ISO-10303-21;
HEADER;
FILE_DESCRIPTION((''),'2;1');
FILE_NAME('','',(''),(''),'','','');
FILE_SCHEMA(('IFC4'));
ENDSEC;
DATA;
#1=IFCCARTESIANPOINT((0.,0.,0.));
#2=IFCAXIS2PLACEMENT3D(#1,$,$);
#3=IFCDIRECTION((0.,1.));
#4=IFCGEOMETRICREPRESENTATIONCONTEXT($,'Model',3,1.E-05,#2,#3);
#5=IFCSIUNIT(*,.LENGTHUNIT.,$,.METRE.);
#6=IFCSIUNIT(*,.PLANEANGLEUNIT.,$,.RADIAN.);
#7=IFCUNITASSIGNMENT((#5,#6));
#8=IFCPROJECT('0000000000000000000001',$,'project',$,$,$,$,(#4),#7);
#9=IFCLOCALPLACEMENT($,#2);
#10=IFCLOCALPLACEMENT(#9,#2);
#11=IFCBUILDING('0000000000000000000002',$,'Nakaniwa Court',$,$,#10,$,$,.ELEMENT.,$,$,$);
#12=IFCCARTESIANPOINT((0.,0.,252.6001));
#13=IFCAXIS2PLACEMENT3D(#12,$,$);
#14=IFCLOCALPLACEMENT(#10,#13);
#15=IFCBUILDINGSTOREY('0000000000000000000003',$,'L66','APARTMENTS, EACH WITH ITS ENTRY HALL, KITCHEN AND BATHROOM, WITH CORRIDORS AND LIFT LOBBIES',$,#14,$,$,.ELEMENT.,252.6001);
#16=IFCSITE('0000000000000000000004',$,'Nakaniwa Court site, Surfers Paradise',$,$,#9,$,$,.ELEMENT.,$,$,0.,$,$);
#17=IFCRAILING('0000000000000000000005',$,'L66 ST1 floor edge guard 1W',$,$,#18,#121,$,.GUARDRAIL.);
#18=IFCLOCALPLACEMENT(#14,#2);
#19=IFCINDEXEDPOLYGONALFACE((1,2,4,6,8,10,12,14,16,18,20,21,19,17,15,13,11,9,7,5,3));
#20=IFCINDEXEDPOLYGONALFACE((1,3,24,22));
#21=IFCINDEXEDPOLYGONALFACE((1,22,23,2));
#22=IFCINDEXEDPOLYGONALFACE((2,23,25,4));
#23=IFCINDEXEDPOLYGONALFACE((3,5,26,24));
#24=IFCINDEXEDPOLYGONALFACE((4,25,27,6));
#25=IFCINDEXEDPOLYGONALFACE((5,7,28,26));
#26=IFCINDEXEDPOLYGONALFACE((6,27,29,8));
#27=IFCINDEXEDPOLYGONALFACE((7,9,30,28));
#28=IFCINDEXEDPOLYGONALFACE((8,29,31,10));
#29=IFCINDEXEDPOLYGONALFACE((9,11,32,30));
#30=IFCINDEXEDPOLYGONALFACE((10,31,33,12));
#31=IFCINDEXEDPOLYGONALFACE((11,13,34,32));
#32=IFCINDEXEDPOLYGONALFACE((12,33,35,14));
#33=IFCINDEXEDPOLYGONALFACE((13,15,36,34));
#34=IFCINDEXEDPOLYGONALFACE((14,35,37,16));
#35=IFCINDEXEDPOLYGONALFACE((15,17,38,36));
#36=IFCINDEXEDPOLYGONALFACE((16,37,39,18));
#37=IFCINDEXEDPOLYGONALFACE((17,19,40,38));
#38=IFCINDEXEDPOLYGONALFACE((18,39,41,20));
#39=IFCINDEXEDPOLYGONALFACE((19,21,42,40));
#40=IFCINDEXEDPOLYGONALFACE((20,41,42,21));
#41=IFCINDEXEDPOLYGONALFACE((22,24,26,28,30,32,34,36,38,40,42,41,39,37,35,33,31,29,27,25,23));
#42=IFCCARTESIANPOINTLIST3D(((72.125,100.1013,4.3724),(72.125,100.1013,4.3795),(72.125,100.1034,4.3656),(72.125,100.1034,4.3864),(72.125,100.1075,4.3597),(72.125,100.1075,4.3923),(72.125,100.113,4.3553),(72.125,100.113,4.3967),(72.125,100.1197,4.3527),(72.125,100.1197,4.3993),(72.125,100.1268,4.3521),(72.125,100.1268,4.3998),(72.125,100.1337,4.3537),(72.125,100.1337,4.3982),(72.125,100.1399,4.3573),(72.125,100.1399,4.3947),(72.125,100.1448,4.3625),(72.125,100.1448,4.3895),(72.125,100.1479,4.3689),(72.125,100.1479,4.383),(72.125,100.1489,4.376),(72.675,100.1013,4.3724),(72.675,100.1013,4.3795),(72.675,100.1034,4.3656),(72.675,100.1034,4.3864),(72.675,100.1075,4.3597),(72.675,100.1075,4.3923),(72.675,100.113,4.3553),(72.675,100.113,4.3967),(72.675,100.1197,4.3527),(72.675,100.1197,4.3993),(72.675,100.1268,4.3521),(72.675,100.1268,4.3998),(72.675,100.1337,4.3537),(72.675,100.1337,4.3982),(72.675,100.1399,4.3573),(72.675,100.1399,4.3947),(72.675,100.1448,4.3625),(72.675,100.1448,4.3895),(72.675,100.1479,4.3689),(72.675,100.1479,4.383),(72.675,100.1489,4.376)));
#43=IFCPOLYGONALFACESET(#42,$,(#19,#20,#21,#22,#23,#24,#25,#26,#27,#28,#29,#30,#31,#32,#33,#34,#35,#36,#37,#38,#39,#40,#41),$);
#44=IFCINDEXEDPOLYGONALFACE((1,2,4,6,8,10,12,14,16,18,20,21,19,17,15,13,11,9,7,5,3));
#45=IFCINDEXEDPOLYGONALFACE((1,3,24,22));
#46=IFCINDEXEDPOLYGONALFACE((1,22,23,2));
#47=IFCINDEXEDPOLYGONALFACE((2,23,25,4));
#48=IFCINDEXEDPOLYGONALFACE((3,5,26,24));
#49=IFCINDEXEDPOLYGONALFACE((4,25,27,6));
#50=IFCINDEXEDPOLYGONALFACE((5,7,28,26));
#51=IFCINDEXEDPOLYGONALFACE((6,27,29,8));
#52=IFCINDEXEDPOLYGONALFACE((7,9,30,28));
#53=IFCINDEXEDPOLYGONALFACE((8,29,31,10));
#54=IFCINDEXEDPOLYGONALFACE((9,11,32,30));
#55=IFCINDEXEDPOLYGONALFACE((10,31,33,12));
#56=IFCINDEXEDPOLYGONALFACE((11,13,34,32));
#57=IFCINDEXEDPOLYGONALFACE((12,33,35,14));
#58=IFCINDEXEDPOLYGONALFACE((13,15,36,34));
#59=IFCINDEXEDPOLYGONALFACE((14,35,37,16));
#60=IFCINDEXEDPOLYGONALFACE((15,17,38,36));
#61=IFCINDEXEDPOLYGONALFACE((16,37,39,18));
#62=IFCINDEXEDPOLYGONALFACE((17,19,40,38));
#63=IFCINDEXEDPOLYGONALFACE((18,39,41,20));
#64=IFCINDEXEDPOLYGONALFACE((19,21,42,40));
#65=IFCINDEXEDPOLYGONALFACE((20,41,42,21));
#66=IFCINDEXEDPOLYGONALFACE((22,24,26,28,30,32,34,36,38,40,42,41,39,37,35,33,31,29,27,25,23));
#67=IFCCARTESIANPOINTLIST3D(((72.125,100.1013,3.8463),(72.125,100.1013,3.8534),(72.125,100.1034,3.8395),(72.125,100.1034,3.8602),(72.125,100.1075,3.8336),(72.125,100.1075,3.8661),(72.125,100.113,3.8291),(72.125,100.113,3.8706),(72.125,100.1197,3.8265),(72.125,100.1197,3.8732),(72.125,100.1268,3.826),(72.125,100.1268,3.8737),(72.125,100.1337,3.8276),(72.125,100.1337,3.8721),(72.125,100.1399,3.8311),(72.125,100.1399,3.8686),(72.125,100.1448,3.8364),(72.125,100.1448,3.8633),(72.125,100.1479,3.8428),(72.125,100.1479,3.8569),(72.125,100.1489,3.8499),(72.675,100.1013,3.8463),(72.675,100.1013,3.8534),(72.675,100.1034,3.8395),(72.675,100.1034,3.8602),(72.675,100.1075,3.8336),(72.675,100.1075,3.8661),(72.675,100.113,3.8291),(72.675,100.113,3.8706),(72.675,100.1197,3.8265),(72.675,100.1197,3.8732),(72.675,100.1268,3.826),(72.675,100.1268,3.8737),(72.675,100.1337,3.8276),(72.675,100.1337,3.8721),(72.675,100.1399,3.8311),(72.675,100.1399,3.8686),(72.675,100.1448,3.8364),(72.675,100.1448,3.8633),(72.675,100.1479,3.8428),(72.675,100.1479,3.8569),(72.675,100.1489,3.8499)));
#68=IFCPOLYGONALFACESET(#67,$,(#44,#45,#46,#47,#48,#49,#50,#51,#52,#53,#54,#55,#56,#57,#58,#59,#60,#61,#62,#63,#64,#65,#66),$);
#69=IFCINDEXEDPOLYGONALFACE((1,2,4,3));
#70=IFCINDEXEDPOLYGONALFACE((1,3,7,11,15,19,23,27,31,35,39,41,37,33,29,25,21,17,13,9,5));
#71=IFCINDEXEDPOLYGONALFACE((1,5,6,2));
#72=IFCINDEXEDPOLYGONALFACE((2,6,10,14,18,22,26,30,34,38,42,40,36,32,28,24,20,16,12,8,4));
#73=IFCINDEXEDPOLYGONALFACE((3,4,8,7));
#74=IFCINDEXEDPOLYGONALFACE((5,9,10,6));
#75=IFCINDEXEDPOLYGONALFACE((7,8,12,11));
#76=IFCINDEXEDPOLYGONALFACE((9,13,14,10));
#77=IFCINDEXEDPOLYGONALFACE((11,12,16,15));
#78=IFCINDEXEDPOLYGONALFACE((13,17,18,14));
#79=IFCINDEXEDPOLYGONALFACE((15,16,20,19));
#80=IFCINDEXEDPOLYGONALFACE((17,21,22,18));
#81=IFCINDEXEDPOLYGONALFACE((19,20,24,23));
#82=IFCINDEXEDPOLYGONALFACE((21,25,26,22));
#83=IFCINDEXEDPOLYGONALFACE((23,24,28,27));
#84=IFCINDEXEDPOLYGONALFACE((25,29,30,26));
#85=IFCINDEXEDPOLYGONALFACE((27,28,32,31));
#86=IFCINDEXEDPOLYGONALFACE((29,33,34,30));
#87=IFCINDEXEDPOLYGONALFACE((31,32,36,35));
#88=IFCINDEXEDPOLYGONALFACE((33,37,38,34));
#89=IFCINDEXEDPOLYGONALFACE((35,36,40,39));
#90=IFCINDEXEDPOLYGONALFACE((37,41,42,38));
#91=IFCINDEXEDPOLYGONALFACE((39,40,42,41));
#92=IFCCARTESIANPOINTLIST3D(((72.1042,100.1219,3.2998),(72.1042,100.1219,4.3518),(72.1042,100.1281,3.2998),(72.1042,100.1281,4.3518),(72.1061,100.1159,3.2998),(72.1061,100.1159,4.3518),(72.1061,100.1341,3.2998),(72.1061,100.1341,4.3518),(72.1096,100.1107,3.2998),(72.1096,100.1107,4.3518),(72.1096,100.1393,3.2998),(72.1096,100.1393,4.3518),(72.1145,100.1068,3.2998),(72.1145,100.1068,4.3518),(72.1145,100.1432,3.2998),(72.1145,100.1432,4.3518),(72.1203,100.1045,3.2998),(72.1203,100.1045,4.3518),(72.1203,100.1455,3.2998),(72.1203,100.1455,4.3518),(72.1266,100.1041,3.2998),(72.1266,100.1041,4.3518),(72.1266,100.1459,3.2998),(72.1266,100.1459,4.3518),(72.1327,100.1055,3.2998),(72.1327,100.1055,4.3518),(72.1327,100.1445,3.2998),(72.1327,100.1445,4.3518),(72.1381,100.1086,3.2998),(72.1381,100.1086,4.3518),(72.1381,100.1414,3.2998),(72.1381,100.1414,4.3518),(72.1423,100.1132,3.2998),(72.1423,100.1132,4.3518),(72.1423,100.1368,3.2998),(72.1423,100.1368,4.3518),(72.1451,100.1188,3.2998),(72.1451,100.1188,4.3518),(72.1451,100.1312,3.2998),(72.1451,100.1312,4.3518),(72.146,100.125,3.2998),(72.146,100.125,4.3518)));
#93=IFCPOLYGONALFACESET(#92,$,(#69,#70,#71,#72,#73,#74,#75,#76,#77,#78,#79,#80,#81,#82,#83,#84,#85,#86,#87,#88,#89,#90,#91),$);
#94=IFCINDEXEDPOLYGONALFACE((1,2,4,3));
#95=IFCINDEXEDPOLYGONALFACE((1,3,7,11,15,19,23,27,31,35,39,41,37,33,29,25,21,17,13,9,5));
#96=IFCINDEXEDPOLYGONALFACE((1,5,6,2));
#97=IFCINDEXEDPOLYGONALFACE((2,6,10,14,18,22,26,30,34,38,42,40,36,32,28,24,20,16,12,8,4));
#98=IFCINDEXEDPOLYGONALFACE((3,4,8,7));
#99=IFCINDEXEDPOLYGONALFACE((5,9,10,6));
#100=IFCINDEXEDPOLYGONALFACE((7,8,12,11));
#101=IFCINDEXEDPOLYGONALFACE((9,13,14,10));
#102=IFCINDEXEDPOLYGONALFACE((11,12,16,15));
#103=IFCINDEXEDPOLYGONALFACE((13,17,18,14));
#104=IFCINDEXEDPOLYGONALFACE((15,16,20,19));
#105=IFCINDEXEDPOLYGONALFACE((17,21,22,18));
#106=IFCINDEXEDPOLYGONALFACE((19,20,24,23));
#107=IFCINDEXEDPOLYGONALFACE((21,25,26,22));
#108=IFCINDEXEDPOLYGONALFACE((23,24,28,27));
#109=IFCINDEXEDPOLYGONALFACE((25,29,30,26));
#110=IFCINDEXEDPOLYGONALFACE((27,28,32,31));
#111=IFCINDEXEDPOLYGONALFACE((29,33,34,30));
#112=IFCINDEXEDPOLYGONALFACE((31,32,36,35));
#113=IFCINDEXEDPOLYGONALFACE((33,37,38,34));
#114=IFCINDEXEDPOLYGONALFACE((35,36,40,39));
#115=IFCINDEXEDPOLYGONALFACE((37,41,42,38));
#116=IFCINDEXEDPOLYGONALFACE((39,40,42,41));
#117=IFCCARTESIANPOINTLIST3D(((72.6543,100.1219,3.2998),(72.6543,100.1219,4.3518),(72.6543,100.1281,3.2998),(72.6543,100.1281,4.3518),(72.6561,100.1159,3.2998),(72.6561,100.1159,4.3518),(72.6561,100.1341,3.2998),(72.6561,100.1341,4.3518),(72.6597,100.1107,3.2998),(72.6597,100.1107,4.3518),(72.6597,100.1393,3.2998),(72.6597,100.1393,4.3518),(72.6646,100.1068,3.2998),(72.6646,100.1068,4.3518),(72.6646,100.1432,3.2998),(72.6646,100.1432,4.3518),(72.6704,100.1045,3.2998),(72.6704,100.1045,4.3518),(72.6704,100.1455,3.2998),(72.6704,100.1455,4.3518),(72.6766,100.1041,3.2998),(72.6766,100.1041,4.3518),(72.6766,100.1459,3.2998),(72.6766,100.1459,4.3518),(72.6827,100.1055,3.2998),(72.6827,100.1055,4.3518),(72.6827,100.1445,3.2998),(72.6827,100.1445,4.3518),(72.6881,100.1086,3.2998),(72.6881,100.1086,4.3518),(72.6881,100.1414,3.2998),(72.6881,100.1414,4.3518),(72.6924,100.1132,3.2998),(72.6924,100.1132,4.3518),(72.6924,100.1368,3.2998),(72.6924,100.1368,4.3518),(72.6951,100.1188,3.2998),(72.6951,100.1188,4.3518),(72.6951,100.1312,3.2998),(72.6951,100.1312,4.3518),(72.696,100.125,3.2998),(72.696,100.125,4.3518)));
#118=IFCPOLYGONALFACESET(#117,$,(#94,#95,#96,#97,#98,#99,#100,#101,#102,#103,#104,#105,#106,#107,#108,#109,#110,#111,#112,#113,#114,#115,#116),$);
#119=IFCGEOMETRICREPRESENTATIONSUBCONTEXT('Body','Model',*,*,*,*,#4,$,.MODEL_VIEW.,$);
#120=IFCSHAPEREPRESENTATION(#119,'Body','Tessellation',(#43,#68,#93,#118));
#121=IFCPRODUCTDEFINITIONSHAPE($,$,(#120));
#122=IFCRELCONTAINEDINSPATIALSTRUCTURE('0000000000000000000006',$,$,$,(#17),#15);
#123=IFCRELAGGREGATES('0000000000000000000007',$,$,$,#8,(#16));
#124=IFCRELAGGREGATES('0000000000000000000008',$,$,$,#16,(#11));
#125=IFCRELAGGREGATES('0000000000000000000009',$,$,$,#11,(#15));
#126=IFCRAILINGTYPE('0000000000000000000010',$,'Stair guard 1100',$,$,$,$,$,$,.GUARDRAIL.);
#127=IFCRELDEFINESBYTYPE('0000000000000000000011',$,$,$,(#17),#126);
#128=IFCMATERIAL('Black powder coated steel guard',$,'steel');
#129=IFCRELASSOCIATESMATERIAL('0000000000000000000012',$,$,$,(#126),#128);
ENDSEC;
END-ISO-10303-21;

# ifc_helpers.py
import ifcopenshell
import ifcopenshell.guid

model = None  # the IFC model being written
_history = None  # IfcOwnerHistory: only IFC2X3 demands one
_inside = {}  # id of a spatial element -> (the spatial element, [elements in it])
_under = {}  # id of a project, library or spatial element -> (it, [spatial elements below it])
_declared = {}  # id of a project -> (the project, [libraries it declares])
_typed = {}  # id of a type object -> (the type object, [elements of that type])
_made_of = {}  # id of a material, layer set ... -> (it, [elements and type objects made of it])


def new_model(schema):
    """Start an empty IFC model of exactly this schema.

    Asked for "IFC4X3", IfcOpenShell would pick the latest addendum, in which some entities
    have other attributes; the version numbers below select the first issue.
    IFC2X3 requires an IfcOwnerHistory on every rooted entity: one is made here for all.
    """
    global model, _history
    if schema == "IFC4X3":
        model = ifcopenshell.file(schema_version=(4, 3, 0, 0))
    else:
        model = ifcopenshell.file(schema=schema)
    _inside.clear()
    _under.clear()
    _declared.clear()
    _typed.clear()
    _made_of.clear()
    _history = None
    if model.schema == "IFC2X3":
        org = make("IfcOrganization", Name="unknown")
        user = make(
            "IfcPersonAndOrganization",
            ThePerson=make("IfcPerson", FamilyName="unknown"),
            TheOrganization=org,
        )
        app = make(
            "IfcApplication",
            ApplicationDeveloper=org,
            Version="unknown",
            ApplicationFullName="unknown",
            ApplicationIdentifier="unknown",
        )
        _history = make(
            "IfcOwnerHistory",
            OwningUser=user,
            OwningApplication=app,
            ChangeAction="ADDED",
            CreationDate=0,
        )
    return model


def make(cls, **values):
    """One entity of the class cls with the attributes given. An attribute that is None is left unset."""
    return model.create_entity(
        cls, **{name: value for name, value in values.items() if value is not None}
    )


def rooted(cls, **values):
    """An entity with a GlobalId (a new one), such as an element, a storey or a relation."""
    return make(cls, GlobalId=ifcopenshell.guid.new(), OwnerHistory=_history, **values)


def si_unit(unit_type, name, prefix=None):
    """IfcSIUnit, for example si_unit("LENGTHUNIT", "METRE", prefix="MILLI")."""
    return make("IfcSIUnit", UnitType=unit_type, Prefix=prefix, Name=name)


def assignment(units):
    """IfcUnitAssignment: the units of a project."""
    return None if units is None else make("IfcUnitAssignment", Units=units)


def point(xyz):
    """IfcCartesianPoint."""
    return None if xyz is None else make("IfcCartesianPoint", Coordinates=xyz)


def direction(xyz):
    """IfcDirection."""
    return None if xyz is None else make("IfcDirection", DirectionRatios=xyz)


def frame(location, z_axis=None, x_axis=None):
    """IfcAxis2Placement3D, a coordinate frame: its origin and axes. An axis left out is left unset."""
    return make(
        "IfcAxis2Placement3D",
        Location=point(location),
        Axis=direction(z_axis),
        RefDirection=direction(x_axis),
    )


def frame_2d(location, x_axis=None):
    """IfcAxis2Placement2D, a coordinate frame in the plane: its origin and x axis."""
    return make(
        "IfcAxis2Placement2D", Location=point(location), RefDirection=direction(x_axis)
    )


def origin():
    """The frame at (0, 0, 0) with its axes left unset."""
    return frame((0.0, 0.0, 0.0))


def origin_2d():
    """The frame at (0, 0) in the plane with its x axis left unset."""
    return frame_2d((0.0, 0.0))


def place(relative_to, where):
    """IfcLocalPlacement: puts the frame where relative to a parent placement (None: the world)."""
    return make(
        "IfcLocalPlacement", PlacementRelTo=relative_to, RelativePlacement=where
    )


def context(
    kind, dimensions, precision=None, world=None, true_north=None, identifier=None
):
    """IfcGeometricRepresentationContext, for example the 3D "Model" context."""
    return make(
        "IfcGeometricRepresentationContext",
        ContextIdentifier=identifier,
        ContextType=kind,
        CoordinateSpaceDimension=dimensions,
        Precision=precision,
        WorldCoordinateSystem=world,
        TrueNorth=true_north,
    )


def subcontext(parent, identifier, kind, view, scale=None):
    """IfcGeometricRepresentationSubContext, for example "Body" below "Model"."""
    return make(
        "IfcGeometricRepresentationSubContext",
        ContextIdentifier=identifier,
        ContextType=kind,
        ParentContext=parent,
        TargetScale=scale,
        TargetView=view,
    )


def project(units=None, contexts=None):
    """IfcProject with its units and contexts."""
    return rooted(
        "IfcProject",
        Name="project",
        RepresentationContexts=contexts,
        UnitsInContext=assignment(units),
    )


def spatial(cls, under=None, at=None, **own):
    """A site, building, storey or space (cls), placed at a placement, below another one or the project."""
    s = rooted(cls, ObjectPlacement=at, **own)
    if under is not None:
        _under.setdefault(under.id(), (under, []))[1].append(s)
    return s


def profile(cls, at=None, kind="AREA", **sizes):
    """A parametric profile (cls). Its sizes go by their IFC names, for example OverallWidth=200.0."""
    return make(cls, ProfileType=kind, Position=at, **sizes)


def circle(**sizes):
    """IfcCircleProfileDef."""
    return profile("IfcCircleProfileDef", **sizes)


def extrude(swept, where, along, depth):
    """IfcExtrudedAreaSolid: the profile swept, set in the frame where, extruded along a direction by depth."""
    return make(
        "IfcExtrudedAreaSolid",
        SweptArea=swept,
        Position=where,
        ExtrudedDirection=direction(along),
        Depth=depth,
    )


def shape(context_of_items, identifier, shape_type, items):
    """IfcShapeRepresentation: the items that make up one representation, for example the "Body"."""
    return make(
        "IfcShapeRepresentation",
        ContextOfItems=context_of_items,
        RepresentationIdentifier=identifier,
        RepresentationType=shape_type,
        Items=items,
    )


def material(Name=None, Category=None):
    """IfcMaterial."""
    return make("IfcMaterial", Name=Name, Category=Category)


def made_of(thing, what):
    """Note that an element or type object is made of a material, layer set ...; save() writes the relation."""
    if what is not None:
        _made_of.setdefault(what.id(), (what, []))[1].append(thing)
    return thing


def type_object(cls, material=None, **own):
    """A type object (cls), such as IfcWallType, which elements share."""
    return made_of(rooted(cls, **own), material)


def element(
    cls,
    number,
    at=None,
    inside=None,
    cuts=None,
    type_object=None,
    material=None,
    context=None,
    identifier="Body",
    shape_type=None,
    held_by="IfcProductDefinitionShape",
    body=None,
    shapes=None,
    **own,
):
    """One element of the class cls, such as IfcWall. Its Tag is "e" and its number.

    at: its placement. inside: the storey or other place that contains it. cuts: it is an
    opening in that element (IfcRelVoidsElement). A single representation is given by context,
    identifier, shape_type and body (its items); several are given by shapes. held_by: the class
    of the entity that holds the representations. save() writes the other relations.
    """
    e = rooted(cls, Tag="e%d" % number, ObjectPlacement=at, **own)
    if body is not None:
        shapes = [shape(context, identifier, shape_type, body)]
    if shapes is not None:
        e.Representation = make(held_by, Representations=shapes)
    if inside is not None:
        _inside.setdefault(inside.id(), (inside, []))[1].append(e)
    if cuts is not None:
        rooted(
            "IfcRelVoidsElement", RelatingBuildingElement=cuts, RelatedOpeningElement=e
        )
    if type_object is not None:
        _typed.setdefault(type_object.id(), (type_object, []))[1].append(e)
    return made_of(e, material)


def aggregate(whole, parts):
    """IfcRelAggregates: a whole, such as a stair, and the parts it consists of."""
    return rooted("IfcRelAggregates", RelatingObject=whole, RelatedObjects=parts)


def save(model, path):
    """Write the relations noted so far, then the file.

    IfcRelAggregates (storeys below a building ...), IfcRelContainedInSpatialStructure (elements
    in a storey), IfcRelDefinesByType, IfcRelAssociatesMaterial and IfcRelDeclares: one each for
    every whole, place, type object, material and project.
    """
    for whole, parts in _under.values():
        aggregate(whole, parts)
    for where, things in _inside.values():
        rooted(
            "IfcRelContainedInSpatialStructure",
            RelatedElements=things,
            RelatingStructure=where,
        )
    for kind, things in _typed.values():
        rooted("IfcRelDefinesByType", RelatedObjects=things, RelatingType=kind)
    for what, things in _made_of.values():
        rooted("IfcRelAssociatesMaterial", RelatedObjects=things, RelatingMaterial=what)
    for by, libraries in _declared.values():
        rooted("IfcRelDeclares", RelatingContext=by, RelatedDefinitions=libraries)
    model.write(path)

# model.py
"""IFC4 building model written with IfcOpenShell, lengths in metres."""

from ifc_helpers import new_model, si_unit, direction, frame, origin, origin_2d, place, context, subcontext, project, spatial, circle, extrude, material, type_object, element, save


model = new_model("IFC4")

# Units and contexts
model_context = context("Model", 3, precision=1e-05, world=origin(), true_north=direction((0.0, 1.0)))
body_context = subcontext(model_context, "Body", "Model", "MODEL_VIEW")
ifc_project = project(units=[si_unit("LENGTHUNIT", "METRE"), si_unit("PLANEANGLEUNIT", "RADIAN")], contexts=[model_context])

# Site, building, storey
site_placement = place(None, origin())
site = spatial("IfcSite", under=ifc_project, at=site_placement, Name="Nakaniwa Court site, Surfers Paradise", CompositionType="ELEMENT", RefElevation=0.0)
building_placement = place(site_placement, origin())
building = spatial("IfcBuilding", under=site, at=building_placement, Name="Nakaniwa Court", CompositionType="ELEMENT")
storey_placement = place(building_placement, frame((0.0, 0.0, 252.6001)))
storey = spatial("IfcBuildingStorey", under=building, at=storey_placement, Name="L66", Description="APARTMENTS, EACH WITH ITS ENTRY HALL, KITCHEN AND BATHROOM, WITH CORRIDORS AND LIFT LOBBIES", CompositionType="ELEMENT", Elevation=252.6001)

# Railing
ifc_material_1 = material(Name="Black powder coated steel guard", Category="steel")
railing_type_1 = type_object("IfcRailingType", Name="Stair guard 1100", PredefinedType="GUARDRAIL", material=ifc_material_1)
for number, where, name in (
    (1, (72.125, 100.125, 3.2998), "L66 ST1 floor edge guard 1W"),
):
    element("IfcRailing", number, at=place(storey_placement, frame(where)), inside=storey, type_object=railing_type_1, Name=name, PredefinedType="GUARDRAIL", context=body_context, shape_type="SweptSolid", body=[
        extrude(circle(Radius=0.0239, at=origin_2d()), frame((0.0, 0.0, 1.0762), z_axis=(1.0, 0.0, 0.0), x_axis=(0.0, 1.0, 0.0)), (0.0, 0.0, 1.0), 0.55),
        extrude(circle(Radius=0.0239, at=origin_2d()), frame((0.0, 0.0, 0.55), z_axis=(1.0, 0.0, 0.0), x_axis=(0.0, 1.0, 0.0)), (0.0, 0.0, 1.0), 0.55),
        extrude(circle(Radius=0.021, at=origin_2d()), origin(), (0.0, 0.0, 1.0), 1.052),
        extrude(circle(Radius=0.021, at=origin_2d()), frame((0.55, 0.0, 0.0)), (0.0, 0.0, 1.0), 1.052),
    ])

save(model, "model.ifc")
